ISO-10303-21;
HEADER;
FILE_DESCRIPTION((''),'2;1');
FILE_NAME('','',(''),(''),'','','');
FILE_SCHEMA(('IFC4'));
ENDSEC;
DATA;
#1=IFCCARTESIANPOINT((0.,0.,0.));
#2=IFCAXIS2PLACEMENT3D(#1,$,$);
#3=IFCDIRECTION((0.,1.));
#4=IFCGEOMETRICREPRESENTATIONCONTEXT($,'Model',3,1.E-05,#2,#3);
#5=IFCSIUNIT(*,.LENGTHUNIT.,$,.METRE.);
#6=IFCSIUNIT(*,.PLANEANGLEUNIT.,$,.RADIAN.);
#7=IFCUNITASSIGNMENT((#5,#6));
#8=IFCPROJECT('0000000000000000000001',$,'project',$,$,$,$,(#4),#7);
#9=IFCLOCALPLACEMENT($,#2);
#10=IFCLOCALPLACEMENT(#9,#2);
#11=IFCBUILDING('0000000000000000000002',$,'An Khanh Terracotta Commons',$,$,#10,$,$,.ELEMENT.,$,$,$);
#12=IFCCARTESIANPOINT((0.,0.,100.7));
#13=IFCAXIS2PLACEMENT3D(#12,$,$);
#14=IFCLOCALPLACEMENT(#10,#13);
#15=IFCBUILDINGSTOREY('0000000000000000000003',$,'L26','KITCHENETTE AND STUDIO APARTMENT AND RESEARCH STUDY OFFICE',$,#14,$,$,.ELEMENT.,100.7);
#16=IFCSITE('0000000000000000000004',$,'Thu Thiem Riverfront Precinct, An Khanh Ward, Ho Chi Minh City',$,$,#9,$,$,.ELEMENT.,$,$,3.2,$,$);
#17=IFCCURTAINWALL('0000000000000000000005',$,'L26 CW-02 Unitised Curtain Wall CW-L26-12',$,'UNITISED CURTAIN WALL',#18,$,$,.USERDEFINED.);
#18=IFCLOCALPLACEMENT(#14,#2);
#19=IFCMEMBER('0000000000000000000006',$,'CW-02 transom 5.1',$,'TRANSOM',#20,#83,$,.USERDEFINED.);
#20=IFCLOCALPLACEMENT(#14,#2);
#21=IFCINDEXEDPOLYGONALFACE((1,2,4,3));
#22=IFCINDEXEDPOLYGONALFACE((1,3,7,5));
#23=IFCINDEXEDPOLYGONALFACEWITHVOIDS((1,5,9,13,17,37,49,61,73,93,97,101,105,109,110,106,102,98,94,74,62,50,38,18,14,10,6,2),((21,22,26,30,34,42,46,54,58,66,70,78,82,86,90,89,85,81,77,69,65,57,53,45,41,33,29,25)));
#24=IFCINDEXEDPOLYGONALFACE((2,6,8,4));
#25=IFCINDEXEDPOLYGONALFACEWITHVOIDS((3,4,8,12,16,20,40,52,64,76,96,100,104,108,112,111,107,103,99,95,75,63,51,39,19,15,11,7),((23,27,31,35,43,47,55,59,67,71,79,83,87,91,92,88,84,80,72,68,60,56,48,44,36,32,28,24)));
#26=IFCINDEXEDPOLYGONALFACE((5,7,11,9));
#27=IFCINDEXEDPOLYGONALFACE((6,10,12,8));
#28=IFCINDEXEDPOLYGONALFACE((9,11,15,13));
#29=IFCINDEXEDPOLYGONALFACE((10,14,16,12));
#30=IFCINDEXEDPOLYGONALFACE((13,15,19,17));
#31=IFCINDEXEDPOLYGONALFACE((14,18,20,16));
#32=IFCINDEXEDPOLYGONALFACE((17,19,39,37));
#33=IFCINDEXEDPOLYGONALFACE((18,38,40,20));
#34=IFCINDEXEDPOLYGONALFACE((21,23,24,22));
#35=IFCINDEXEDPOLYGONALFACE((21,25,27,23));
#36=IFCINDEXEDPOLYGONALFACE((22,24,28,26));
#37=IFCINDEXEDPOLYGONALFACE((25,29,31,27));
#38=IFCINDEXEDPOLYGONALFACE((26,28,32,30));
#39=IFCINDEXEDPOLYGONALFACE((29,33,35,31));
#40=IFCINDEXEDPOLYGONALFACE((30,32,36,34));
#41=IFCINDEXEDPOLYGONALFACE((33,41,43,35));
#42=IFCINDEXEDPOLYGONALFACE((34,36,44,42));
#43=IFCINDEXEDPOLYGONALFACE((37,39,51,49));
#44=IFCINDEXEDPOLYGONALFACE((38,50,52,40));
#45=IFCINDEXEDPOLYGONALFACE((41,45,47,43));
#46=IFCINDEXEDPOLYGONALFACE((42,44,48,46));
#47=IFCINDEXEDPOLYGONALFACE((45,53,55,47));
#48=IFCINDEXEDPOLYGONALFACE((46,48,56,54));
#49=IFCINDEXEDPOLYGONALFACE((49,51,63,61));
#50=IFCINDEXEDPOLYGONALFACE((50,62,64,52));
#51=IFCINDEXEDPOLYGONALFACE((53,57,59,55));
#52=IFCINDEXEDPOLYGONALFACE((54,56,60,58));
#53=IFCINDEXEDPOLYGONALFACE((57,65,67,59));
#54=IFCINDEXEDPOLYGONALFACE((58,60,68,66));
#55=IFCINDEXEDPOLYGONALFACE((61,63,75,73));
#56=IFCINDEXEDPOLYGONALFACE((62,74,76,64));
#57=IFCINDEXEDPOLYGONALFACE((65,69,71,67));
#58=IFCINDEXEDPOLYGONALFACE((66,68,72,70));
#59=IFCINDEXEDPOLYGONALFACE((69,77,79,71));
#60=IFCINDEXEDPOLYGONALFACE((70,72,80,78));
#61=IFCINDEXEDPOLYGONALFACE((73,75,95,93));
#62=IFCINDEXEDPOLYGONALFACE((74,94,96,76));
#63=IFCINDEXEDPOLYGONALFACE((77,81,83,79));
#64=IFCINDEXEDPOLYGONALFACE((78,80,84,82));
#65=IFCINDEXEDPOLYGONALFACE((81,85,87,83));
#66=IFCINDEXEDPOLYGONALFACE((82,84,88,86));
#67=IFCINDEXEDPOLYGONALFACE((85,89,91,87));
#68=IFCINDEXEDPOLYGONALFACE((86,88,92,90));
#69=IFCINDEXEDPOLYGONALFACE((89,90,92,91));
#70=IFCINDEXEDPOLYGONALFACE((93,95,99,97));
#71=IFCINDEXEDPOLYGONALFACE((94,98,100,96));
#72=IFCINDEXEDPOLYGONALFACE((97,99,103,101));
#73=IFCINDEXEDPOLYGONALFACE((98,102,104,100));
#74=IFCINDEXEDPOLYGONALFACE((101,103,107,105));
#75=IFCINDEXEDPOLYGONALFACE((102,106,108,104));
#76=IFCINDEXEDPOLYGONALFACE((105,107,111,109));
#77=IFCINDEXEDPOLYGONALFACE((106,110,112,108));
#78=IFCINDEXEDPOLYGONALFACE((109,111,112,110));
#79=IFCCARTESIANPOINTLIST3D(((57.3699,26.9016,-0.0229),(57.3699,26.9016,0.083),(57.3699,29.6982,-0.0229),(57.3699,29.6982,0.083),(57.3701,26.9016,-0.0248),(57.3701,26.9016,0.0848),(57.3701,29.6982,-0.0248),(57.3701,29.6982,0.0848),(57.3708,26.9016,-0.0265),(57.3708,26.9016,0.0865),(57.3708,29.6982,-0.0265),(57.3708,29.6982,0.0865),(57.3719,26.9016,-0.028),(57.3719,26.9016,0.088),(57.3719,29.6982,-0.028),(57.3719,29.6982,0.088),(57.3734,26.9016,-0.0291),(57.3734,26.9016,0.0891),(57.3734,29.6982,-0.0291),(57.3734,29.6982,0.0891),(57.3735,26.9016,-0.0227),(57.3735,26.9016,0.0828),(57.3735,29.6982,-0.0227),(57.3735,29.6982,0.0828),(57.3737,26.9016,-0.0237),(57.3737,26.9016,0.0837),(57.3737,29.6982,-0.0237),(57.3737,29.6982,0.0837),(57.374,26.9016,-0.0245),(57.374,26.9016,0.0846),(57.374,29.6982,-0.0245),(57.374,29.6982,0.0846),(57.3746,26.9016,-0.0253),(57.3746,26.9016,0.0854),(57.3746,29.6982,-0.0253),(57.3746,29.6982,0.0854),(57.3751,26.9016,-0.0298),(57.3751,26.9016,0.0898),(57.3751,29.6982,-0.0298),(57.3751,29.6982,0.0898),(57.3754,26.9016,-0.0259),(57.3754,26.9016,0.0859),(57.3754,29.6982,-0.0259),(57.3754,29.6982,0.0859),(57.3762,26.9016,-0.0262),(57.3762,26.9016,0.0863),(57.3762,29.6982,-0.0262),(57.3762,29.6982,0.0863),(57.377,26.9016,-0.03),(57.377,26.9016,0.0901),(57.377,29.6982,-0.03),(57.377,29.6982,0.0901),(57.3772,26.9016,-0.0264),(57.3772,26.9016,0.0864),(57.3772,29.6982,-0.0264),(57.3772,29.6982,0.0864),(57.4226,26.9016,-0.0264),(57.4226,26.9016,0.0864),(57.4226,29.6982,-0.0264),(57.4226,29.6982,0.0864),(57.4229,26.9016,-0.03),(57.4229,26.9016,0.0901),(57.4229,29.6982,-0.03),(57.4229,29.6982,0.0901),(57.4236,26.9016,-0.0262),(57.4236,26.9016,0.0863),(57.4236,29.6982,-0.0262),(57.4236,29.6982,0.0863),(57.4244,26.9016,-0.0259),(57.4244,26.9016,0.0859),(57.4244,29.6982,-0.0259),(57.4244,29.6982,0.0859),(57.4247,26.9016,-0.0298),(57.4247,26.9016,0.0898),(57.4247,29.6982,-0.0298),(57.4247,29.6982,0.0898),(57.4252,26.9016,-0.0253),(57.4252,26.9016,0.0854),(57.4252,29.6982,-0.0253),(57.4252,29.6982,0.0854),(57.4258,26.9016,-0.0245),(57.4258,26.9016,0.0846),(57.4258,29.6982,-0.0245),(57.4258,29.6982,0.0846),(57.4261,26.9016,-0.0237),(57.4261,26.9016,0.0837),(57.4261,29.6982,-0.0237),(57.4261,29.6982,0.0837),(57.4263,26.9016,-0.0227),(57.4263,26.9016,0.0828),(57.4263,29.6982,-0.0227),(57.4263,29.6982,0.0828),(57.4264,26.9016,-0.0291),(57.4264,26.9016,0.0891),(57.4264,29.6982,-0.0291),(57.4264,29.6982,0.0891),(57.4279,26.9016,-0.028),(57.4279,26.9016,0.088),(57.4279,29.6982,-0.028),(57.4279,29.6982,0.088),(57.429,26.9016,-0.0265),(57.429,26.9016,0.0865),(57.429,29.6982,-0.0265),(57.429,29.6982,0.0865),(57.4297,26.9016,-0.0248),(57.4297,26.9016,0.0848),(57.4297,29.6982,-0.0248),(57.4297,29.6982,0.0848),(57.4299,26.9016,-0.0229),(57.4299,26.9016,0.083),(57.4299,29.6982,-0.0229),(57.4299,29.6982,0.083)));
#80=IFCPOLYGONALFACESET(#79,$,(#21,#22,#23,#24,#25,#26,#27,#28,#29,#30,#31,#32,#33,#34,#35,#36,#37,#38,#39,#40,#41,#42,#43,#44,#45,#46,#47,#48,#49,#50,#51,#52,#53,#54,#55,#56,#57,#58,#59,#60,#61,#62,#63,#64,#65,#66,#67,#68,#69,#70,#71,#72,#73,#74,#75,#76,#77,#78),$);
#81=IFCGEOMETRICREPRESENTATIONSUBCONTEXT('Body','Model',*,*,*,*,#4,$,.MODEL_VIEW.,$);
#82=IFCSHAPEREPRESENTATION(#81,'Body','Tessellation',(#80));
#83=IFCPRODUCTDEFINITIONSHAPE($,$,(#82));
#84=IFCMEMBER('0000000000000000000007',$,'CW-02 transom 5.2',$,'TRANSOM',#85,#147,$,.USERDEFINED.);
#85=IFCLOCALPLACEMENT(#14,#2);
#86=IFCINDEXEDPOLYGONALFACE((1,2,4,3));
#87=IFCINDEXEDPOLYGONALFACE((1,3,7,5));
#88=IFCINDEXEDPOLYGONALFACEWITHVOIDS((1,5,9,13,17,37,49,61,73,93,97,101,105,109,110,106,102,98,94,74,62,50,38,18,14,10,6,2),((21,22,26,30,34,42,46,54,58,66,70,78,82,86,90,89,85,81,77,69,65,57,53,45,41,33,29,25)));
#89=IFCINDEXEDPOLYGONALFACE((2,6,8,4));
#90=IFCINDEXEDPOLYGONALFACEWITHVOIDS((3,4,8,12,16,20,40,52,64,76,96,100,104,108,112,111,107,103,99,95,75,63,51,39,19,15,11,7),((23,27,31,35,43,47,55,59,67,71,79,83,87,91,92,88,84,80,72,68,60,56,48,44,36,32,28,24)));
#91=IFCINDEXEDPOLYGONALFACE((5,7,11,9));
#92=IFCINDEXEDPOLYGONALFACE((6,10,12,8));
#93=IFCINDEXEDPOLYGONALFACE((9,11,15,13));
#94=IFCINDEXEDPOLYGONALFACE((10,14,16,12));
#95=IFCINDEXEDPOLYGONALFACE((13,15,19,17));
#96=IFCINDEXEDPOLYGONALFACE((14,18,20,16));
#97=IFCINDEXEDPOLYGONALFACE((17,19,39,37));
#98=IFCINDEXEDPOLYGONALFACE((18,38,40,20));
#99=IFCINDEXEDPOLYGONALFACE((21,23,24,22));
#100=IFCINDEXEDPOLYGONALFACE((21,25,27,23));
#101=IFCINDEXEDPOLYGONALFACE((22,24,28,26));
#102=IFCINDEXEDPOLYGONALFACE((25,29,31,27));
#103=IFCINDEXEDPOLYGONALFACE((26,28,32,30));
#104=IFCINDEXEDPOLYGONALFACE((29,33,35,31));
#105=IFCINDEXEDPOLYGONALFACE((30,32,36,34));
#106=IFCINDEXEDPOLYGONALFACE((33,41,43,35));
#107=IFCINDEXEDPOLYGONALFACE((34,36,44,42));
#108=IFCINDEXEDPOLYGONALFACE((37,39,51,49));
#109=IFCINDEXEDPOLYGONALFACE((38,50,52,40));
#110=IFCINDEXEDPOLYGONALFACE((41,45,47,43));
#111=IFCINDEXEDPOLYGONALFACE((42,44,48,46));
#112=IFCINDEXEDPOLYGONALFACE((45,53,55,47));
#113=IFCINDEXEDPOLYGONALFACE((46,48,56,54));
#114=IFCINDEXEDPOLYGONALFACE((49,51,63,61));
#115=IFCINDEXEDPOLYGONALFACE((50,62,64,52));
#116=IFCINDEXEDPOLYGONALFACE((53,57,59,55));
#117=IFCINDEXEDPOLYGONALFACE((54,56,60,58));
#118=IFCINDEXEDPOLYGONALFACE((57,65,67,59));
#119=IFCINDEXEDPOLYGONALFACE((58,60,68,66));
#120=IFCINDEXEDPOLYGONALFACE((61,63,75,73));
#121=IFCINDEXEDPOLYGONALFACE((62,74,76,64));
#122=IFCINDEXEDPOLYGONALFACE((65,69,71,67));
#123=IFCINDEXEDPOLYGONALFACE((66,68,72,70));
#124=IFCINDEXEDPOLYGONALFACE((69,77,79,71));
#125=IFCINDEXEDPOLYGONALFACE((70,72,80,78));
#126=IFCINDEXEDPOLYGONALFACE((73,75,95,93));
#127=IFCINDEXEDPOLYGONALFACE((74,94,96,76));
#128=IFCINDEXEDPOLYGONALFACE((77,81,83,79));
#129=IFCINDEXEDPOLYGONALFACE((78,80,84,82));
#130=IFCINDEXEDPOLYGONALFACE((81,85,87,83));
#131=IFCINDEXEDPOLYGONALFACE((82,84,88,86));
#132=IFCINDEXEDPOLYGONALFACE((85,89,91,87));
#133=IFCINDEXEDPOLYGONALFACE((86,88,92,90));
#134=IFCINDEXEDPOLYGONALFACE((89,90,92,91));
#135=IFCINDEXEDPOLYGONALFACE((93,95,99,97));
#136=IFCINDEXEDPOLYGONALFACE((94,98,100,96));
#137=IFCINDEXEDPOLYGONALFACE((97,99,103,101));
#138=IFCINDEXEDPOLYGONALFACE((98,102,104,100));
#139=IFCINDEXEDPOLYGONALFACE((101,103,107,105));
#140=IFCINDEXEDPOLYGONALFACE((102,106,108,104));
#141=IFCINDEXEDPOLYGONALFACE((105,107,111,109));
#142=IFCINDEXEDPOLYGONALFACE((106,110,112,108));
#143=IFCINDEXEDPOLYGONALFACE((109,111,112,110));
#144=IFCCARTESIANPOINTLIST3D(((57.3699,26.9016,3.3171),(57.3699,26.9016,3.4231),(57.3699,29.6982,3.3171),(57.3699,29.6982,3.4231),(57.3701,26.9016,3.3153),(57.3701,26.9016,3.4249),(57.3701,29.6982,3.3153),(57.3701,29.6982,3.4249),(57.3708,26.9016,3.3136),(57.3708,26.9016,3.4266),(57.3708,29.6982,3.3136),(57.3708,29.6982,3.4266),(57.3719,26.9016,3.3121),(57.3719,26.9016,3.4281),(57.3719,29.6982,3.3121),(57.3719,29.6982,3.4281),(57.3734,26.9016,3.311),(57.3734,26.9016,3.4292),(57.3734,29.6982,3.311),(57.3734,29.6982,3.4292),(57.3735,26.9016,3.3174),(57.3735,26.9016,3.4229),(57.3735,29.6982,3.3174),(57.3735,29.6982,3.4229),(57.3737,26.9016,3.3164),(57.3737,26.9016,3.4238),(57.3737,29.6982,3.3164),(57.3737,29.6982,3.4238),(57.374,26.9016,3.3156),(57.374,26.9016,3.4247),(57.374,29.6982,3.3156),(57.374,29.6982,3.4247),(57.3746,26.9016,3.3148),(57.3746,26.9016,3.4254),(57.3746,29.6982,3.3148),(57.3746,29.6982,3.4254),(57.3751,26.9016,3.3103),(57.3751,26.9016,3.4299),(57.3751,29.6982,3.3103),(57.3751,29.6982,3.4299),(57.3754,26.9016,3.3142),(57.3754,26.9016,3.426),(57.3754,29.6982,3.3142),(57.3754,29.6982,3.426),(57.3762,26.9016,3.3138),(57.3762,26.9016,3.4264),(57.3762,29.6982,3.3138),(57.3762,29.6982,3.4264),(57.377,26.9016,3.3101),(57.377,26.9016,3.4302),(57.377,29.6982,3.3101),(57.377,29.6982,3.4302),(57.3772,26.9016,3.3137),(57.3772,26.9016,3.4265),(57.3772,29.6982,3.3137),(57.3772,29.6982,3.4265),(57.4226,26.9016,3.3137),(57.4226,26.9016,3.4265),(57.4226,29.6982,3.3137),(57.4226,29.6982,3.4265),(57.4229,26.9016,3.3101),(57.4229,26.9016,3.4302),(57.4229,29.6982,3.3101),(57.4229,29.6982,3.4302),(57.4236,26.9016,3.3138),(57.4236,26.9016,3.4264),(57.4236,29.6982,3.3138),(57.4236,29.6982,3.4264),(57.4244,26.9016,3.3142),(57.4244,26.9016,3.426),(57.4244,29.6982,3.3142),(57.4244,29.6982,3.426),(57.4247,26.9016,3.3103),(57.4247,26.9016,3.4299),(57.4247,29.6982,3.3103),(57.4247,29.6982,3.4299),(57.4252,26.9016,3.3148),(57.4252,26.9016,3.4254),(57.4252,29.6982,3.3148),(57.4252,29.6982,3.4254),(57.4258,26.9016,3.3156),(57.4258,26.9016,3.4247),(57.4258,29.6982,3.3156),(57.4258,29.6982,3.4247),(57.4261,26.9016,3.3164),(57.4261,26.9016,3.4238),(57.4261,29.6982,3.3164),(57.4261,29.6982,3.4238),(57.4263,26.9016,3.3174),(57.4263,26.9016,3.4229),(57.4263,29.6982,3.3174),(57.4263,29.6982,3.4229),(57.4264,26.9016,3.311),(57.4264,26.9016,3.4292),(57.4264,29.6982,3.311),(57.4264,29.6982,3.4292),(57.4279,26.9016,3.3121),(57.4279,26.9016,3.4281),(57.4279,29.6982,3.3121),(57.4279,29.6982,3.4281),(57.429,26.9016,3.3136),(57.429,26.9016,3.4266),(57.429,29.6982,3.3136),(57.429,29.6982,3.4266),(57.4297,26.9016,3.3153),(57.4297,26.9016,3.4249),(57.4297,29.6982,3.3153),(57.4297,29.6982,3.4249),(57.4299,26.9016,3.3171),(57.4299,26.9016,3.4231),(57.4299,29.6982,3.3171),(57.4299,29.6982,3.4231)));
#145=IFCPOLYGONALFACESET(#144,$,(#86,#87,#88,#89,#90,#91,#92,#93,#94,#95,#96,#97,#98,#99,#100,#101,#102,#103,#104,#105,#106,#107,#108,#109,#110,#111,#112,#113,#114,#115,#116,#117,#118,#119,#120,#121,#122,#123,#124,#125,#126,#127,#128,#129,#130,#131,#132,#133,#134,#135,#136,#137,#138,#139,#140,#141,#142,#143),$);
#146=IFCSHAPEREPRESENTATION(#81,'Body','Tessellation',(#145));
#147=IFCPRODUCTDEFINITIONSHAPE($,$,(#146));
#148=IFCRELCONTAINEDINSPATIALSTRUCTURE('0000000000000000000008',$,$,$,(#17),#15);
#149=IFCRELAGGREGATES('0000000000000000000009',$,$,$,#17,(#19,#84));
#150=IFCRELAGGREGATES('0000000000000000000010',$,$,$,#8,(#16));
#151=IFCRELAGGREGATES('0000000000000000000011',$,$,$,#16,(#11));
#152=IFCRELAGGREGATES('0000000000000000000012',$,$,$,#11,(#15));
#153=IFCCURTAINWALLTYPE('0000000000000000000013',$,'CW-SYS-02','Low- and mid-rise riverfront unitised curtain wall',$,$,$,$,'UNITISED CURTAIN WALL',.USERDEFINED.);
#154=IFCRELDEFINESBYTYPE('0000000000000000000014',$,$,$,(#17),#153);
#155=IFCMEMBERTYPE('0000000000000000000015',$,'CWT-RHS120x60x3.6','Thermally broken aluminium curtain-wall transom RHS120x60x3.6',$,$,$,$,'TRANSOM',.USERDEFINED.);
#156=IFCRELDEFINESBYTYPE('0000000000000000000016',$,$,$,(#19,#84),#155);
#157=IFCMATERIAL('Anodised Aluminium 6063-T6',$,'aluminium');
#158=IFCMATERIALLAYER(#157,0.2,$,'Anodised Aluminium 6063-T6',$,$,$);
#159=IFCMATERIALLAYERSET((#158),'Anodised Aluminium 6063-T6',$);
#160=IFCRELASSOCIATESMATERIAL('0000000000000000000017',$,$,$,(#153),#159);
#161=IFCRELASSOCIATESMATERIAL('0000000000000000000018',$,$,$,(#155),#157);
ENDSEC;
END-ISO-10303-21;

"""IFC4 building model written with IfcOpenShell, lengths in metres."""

from ifc_helpers import new_model, si_unit, direction, frame, origin, origin_2d, place, context, subcontext, project, spatial, hollow_rectangle, extrude, material, layer, layer_set, material_profile, profile_set, type_object, element, aggregate, save


model = new_model("IFC4")

# Units and contexts
model_context = context("Model", 3, precision=1e-05, world=origin(), true_north=direction((0.0, 1.0)))
body_context = subcontext(model_context, "Body", "Model", "MODEL_VIEW")
ifc_project = project(units=[si_unit("LENGTHUNIT", "METRE"), si_unit("PLANEANGLEUNIT", "RADIAN")], contexts=[model_context])

# Site, building, storey
site_placement = place(None, origin())
site = spatial("IfcSite", under=ifc_project, at=site_placement, Name="Thu Thiem Riverfront Precinct, An Khanh Ward, Ho Chi Minh City", CompositionType="ELEMENT", RefElevation=3.2)
building_placement = place(site_placement, origin())
building = spatial("IfcBuilding", under=site, at=building_placement, Name="An Khanh Terracotta Commons", CompositionType="ELEMENT")
storey_placement = place(building_placement, frame((0.0, 0.0, 100.7)))
storey = spatial("IfcBuildingStorey", under=building, at=storey_placement, Name="L26", Description="KITCHENETTE AND STUDIO APARTMENT AND RESEARCH STUDY OFFICE", CompositionType="ELEMENT", Elevation=100.7)

# Curtain wall, members
ifc_material_1 = material(Name="Anodised Aluminium 6063-T6", Category="aluminium")
ifc_layer_1 = layer(ifc_material_1, 0.2, Name="Anodised Aluminium 6063-T6")
ifc_layer_set_1 = layer_set([ifc_layer_1], Name="Anodised Aluminium 6063-T6")
curtain_wall_type = type_object("IfcCurtainWallType", Name="CW-SYS-02", Description="Low- and mid-rise riverfront unitised curtain wall", ElementType="UNITISED CURTAIN WALL", PredefinedType="USERDEFINED", material=ifc_layer_set_1)
curtain_wall_placement = place(storey_placement, origin())
curtain_wall = element("IfcCurtainWall", 1, at=curtain_wall_placement, inside=storey, type_object=curtain_wall_type, Name="L26 CW-02 Unitised Curtain Wall CW-L26-12", ObjectType="UNITISED CURTAIN WALL", PredefinedType="USERDEFINED")
ifc_material_profile_1 = material_profile(ifc_material_1, hollow_rectangle(XDim=0.0601, YDim=0.1201, WallThickness=0.0037, InnerFilletRadius=0.0037, OuterFilletRadius=0.0071, at=origin_2d()), Name="RHS120x60x3.6")
ifc_profile_set_1 = profile_set([ifc_material_profile_1], Name="Anodised Aluminium 6063-T6")
member_type_1 = type_object("IfcMemberType", Name="CWT-RHS120x60x3.6", Description="Thermally broken aluminium curtain-wall transom RHS120x60x3.6", ElementType="TRANSOM", PredefinedType="USERDEFINED", material=ifc_profile_set_1)
member_1_placement = place(storey_placement, frame((57.3999, 26.9016, 0.03), z_axis=(0.0, 1.0, 0.0), x_axis=(-1.0, 0.0, 0.0)))
member_1 = element("IfcMember", 2, at=member_1_placement, type_object=member_type_1, Name="CW-02 transom 5.1", ObjectType="TRANSOM", PredefinedType="USERDEFINED", context=body_context, shape_type="SweptSolid", body=[
    extrude(hollow_rectangle(XDim=0.0601, YDim=0.1201, WallThickness=0.0037, InnerFilletRadius=0.0037, OuterFilletRadius=0.0071, at=origin_2d()), origin(), (0.0, 0.0, 1.0), 2.7966),
])
member_2_placement = place(storey_placement, frame((57.3999, 26.9016, 3.3701), z_axis=(0.0, 1.0, 0.0), x_axis=(-1.0, 0.0, 0.0)))
member_2 = element("IfcMember", 3, at=member_2_placement, type_object=member_type_1, Name="CW-02 transom 5.2", ObjectType="TRANSOM", PredefinedType="USERDEFINED", context=body_context, shape_type="SweptSolid", body=[
    extrude(hollow_rectangle(XDim=0.0601, YDim=0.1201, WallThickness=0.0037, InnerFilletRadius=0.0037, OuterFilletRadius=0.0071, at=origin_2d()), origin(), (0.0, 0.0, 1.0), 2.7966),
])
aggregate(curtain_wall, [member_1, member_2])

save(model, "model.ifc")
